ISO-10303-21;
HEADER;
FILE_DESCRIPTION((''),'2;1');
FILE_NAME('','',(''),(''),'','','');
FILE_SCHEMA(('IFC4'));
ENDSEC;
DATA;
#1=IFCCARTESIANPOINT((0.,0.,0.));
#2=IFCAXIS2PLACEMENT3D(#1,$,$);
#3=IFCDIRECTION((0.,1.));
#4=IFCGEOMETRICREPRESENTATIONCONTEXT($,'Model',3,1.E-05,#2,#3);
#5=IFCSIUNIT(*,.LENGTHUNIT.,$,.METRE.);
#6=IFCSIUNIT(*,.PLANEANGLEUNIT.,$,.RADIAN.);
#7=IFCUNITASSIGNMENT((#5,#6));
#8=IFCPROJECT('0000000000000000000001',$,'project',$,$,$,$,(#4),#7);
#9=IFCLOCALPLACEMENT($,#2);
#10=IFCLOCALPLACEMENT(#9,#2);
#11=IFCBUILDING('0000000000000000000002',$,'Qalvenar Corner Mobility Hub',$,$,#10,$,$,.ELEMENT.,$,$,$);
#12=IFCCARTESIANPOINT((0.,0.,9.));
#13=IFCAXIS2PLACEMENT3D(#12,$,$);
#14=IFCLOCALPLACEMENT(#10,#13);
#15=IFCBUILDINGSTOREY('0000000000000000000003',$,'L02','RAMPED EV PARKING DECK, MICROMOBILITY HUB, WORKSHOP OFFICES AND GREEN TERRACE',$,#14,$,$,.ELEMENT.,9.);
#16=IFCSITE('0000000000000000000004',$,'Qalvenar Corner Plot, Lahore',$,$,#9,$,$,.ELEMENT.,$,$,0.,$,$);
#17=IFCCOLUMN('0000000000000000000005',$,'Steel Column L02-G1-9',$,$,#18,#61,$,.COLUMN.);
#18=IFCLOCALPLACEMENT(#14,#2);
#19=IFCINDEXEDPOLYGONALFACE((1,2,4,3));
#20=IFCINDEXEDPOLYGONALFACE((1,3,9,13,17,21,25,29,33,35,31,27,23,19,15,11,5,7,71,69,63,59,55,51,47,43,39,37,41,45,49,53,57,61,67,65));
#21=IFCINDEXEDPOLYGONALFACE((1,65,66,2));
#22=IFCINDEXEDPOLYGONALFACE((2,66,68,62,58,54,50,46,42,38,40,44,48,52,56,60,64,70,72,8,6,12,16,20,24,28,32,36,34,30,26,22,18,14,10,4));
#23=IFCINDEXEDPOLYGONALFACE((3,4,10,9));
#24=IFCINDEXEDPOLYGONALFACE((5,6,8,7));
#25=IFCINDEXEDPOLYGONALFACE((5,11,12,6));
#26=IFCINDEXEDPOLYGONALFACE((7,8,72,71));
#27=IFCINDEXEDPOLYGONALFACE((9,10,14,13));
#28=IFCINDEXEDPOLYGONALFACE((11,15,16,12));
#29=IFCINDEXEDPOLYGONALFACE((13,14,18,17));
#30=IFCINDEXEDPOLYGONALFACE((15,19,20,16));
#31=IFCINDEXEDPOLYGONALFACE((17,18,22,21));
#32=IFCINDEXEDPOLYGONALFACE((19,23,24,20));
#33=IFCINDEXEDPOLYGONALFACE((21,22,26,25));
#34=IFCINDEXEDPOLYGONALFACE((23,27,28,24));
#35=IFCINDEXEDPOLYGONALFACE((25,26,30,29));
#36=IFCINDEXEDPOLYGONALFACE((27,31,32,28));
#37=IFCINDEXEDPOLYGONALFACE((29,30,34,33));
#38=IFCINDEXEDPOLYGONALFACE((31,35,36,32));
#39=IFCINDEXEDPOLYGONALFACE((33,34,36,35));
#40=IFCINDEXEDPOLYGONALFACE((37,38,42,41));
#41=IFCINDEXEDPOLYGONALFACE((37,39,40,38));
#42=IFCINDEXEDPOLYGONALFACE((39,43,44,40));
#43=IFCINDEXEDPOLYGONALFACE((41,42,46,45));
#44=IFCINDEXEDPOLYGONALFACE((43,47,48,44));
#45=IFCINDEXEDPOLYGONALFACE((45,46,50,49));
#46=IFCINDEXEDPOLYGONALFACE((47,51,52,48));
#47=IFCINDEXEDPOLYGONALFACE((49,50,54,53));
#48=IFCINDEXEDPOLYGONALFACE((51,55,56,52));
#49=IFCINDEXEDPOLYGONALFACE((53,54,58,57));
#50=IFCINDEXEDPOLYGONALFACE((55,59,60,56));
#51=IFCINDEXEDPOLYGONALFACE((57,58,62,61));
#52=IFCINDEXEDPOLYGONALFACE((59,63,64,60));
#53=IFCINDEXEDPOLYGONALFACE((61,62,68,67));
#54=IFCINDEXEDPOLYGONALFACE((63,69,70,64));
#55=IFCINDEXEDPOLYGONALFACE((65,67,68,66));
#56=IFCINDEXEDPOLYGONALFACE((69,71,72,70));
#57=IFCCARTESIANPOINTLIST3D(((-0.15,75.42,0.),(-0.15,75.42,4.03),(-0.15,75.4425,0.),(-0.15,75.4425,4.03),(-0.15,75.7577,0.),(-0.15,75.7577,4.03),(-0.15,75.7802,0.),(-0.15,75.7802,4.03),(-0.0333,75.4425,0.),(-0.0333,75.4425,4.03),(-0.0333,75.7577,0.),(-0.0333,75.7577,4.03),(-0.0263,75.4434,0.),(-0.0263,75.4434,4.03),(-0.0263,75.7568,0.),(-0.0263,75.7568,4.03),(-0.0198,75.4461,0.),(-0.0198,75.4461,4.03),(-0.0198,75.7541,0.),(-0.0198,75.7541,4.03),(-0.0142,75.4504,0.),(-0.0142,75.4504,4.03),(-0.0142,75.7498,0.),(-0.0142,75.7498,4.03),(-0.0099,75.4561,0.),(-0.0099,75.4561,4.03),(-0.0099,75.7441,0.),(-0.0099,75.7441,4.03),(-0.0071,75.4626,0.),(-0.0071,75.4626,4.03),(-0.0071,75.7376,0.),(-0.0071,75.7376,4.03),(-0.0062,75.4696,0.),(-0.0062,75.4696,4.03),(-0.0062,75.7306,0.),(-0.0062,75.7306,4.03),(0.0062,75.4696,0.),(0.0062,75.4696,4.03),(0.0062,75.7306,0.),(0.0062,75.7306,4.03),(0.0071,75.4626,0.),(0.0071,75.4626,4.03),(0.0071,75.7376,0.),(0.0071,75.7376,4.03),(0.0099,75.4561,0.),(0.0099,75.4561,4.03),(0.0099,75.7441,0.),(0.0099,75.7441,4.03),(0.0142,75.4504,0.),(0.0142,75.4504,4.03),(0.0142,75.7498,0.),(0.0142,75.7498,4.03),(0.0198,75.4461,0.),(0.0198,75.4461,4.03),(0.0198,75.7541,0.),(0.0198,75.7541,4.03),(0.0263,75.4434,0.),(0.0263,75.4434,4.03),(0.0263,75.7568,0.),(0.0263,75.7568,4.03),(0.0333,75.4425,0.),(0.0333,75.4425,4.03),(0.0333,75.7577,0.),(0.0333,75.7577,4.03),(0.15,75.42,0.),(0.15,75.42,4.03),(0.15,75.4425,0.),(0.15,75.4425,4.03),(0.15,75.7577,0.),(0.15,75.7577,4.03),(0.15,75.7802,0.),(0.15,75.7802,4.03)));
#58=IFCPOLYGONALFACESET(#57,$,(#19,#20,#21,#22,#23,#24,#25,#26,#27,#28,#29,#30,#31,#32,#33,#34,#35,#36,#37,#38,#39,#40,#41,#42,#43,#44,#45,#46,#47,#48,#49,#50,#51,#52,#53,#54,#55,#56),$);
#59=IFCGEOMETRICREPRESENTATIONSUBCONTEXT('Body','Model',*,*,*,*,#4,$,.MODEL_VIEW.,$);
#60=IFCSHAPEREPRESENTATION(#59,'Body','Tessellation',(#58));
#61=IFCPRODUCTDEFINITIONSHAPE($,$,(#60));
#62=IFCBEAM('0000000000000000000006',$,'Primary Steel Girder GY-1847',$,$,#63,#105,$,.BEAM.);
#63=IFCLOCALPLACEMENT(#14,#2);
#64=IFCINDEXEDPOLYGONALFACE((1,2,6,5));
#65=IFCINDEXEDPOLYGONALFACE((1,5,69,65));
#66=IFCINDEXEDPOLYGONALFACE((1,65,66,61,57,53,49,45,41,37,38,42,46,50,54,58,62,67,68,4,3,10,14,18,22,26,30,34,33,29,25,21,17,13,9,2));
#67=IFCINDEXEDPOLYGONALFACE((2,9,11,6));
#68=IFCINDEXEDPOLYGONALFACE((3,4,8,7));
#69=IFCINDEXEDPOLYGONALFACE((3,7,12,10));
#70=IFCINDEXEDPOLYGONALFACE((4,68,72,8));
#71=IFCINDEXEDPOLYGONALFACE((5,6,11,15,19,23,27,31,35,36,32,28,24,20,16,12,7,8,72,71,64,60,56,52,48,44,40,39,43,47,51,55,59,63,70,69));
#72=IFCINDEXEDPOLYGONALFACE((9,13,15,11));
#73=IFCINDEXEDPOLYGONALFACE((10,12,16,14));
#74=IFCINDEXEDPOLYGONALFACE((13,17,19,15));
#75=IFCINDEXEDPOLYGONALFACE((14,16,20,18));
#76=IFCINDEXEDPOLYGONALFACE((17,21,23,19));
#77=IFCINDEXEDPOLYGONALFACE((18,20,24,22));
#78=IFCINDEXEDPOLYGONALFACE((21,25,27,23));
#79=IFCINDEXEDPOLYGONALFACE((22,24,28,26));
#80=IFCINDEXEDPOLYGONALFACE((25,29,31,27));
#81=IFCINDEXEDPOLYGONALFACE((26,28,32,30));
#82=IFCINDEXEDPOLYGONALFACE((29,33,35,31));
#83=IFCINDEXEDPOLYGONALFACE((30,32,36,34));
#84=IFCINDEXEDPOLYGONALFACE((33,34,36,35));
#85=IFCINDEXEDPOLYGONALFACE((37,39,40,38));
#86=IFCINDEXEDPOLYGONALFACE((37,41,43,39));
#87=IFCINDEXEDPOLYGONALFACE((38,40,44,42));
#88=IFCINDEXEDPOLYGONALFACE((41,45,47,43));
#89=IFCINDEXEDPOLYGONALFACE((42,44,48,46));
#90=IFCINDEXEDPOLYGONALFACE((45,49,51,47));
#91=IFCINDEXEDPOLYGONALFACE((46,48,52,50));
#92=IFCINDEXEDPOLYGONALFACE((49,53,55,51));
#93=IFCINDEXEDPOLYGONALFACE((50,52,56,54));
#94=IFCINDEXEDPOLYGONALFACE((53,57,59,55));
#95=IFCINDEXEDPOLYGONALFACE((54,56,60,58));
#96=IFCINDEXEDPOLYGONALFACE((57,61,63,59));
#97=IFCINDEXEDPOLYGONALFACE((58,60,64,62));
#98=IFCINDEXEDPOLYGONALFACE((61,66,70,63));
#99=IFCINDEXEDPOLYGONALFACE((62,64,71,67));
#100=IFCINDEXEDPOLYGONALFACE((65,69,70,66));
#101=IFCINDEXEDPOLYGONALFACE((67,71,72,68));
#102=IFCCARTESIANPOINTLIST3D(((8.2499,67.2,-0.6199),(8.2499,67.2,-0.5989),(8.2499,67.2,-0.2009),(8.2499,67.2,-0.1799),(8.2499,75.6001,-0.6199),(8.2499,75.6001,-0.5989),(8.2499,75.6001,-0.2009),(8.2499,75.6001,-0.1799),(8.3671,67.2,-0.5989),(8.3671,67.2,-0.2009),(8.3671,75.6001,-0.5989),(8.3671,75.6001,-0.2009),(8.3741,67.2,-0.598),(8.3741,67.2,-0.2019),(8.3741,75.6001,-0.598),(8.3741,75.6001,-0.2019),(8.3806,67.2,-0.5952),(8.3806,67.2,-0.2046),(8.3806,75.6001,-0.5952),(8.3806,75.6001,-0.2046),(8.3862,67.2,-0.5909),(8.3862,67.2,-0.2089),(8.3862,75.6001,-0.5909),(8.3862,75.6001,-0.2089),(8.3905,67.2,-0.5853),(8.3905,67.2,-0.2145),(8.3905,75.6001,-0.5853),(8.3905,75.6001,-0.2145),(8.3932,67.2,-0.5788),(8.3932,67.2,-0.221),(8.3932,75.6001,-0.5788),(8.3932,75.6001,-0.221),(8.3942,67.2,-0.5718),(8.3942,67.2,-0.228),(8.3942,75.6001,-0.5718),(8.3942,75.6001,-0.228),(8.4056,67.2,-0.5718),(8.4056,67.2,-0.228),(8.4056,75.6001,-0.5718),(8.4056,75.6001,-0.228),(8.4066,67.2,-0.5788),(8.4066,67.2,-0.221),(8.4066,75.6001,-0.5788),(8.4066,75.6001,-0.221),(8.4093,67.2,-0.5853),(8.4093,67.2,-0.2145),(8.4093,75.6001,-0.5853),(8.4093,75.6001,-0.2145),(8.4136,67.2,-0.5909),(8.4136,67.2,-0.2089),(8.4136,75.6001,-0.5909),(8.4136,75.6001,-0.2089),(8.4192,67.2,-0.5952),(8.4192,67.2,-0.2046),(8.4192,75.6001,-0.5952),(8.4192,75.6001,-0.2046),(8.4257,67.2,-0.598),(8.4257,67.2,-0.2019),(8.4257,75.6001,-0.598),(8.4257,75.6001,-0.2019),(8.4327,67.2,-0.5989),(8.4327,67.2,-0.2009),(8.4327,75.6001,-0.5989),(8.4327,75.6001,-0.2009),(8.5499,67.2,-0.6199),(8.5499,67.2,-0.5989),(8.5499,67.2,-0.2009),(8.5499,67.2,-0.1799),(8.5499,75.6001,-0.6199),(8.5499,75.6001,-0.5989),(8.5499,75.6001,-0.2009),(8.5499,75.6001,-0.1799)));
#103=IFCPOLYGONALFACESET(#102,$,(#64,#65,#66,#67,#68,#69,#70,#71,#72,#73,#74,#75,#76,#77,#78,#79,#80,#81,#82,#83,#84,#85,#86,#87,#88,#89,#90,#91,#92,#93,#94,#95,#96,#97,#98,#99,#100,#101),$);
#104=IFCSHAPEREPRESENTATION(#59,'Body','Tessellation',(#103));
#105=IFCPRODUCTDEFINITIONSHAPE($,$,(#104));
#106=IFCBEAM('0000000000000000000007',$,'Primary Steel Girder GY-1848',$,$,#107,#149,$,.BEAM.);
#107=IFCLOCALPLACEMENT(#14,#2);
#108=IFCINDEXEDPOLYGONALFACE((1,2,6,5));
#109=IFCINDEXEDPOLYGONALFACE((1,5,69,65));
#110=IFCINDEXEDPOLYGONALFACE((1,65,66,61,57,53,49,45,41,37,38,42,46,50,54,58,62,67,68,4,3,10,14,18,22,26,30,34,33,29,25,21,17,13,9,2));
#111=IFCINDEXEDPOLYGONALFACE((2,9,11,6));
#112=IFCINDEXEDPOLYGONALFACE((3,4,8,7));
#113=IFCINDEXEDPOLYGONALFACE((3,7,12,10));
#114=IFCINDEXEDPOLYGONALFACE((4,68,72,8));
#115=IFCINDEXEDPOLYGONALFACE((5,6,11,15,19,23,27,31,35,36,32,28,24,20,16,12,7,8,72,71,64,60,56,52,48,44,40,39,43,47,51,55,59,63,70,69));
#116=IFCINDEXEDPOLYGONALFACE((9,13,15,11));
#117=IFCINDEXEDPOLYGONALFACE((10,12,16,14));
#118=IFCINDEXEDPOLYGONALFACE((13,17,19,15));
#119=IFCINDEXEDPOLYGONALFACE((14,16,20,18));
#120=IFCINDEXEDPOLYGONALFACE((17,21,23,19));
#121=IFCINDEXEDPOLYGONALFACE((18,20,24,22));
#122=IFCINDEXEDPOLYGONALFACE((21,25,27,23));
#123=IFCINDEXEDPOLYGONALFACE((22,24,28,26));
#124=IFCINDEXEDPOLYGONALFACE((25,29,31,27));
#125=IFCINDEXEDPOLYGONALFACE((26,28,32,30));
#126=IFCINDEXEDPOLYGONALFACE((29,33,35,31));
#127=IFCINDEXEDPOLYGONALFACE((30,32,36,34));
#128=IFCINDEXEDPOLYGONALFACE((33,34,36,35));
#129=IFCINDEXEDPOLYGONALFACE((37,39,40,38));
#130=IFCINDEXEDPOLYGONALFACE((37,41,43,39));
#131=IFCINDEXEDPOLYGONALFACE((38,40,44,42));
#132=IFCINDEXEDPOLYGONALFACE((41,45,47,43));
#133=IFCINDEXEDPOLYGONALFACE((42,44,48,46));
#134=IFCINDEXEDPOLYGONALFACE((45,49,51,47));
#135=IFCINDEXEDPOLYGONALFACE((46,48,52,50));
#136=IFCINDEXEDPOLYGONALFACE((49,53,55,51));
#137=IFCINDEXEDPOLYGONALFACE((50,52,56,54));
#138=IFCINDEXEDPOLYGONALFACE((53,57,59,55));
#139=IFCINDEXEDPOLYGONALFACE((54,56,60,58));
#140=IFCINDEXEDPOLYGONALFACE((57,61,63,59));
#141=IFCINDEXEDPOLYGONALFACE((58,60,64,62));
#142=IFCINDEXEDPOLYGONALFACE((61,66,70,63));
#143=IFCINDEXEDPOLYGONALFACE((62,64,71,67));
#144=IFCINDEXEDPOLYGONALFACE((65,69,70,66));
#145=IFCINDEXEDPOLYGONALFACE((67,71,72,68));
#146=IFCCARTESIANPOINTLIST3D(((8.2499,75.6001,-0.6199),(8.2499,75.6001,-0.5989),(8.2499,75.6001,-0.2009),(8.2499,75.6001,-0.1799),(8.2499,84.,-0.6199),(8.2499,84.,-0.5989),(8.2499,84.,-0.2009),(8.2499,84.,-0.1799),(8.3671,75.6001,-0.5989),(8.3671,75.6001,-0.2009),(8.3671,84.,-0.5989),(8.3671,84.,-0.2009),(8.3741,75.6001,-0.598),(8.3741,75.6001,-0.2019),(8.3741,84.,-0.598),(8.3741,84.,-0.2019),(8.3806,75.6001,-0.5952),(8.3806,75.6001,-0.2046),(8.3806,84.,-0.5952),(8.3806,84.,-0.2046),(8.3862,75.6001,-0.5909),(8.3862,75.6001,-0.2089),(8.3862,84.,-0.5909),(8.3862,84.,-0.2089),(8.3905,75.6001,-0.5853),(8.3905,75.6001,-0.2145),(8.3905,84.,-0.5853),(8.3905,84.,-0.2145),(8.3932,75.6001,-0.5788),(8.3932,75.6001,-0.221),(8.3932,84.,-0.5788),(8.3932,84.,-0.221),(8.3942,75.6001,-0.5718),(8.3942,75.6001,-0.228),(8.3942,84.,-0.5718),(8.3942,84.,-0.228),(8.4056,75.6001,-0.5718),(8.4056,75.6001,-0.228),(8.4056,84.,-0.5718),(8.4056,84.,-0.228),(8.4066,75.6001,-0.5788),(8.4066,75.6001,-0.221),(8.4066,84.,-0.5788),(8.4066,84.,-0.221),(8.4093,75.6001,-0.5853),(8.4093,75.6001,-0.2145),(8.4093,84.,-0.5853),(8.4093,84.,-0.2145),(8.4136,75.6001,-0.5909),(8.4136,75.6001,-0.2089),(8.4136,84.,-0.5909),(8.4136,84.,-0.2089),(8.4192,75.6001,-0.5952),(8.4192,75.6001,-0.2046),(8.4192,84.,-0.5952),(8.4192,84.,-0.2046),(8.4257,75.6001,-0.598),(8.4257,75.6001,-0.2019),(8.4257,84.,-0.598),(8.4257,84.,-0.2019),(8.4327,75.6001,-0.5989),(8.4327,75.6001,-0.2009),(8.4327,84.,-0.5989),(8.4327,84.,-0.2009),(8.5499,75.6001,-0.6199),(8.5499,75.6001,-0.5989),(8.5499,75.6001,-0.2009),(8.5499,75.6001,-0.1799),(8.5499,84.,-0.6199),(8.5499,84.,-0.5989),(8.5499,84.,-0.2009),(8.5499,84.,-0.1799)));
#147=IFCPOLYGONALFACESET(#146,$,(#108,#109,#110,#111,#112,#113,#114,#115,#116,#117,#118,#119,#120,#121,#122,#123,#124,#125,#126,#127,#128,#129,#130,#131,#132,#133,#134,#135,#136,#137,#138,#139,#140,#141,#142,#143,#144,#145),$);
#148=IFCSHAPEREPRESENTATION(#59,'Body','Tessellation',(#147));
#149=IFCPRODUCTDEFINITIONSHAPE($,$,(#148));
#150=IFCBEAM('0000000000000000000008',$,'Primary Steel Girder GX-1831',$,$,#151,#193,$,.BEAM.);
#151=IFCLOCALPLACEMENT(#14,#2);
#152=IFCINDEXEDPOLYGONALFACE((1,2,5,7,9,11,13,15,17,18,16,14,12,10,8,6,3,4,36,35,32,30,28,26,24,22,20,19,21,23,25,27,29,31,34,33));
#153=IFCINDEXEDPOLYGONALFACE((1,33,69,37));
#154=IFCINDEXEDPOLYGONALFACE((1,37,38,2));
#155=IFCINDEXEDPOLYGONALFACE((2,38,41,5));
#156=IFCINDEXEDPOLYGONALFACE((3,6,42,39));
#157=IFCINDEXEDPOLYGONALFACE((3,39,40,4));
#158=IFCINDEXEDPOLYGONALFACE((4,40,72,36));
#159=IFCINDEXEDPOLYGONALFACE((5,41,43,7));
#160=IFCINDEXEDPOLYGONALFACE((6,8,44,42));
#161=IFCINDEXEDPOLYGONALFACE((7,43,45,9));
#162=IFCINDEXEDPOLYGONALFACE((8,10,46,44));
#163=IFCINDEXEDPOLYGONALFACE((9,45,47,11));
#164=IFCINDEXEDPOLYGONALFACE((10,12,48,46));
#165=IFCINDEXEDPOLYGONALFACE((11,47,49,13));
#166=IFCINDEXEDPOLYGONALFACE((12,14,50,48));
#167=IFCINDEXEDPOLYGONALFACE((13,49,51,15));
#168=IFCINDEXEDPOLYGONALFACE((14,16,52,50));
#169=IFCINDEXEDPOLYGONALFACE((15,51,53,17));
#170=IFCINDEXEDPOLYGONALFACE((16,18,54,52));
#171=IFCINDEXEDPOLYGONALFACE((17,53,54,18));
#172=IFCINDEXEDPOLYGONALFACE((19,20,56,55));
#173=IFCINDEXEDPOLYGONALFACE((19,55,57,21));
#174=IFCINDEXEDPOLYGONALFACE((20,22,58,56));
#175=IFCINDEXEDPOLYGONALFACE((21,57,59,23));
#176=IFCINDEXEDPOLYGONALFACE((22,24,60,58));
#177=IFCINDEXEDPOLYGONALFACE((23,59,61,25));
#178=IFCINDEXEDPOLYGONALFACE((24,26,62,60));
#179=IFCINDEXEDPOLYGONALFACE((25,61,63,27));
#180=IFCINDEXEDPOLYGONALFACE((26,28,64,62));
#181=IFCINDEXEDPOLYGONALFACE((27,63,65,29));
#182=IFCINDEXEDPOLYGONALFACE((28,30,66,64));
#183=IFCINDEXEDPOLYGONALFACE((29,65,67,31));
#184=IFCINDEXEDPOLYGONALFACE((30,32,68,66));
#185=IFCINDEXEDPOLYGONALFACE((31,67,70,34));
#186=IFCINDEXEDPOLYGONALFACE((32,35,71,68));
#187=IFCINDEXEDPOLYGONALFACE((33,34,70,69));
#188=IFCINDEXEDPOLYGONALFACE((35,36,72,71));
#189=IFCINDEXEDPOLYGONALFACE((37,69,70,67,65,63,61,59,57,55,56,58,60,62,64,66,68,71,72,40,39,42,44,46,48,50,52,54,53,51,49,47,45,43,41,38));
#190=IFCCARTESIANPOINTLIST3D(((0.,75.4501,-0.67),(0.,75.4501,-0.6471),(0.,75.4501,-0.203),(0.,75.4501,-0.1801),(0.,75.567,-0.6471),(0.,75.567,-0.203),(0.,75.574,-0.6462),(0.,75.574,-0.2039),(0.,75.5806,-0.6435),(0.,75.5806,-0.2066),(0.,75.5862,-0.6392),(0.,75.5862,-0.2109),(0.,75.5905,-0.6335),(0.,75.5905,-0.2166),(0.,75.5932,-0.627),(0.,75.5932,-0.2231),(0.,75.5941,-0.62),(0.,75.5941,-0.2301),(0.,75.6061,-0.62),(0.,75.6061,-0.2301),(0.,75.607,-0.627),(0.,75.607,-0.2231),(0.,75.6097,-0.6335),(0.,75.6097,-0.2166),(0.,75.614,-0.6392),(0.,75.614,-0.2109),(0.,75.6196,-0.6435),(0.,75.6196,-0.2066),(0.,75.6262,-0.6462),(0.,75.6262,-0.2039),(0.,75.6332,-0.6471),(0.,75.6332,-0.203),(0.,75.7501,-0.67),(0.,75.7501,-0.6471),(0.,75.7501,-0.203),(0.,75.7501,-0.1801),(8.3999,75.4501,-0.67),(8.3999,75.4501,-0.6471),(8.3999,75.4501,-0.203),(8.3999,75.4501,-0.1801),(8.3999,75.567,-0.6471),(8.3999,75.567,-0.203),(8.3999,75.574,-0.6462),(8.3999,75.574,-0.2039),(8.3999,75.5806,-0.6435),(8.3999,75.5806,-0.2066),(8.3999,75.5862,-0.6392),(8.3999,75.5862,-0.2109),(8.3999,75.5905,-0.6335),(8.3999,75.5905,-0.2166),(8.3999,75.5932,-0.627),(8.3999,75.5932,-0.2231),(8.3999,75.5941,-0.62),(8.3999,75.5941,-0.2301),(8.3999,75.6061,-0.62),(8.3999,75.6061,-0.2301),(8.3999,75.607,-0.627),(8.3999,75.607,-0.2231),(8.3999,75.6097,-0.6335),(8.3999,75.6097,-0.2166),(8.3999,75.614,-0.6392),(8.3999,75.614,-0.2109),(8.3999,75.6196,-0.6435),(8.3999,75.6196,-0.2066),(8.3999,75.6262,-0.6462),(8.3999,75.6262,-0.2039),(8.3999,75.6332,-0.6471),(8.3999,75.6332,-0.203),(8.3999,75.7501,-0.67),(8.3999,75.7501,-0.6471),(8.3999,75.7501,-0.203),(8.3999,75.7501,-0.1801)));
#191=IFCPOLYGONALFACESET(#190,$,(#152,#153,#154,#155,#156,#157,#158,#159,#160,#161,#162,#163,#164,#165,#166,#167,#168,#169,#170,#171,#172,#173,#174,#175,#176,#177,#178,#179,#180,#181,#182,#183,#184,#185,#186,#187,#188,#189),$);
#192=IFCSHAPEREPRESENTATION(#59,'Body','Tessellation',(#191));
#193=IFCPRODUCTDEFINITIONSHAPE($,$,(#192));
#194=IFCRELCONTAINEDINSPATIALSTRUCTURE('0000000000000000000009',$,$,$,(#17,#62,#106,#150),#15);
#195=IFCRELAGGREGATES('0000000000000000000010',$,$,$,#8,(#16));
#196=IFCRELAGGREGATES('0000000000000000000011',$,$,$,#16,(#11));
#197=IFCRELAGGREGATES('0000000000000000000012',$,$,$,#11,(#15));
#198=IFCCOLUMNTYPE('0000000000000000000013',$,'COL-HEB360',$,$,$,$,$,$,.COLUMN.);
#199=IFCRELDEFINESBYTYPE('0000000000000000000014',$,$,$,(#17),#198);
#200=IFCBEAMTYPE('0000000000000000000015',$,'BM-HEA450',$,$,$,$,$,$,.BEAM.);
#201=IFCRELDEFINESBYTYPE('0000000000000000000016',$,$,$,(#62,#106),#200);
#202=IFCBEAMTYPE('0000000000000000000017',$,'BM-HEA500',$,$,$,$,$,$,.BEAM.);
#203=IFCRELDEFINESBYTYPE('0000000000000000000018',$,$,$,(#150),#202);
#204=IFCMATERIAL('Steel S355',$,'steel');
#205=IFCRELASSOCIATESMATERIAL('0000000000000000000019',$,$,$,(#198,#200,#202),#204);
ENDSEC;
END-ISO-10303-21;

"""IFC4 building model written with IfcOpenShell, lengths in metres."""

from ifc_helpers import new_model, si_unit, direction, frame, origin, origin_2d, place, context, subcontext, project, spatial, i_section, extrude, material, material_profile, profile_set, type_object, element, save


model = new_model("IFC4")

# Units and contexts
model_context = context("Model", 3, precision=1e-05, world=origin(), true_north=direction((0.0, 1.0)))
body_context = subcontext(model_context, "Body", "Model", "MODEL_VIEW")
ifc_project = project(units=[si_unit("LENGTHUNIT", "METRE"), si_unit("PLANEANGLEUNIT", "RADIAN")], contexts=[model_context])

# Site, building, storey
site_placement = place(None, origin())
site = spatial("IfcSite", under=ifc_project, at=site_placement, Name="Qalvenar Corner Plot, Lahore", CompositionType="ELEMENT", RefElevation=0.0)
building_placement = place(site_placement, origin())
building = spatial("IfcBuilding", under=site, at=building_placement, Name="Qalvenar Corner Mobility Hub", CompositionType="ELEMENT")
storey_placement = place(building_placement, frame((0.0, 0.0, 9.0)))
storey = spatial("IfcBuildingStorey", under=building, at=storey_placement, Name="L02", Description="RAMPED EV PARKING DECK, MICROMOBILITY HUB, WORKSHOP OFFICES AND GREEN TERRACE", CompositionType="ELEMENT", Elevation=9.0)

# Column
ifc_material_1 = material(Name="Steel S355", Category="steel")
ifc_material_profile_1 = material_profile(ifc_material_1, i_section(OverallWidth=0.3, OverallDepth=0.3601, WebThickness=0.0125, FlangeThickness=0.0225, FilletRadius=0.0271, at=origin_2d()), Name="HEB360")
ifc_profile_set_1 = profile_set([ifc_material_profile_1], Name="Steel S355")
column_type_1 = type_object("IfcColumnType", Name="COL-HEB360", PredefinedType="COLUMN", material=ifc_profile_set_1)
column_1_placement = place(storey_placement, frame((0.0, 75.6001, 0.0), z_axis=(0.0, 0.0, 1.0), x_axis=(1.0, 0.0, 0.0)))
element("IfcColumn", 1, at=column_1_placement, inside=storey, type_object=column_type_1, Name="Steel Column L02-G1-9", PredefinedType="COLUMN", context=body_context, shape_type="SweptSolid", body=[
    extrude(i_section(OverallWidth=0.3, OverallDepth=0.3601, WebThickness=0.0125, FlangeThickness=0.0225, FilletRadius=0.0271, at=origin_2d()), origin(), (0.0, 0.0, 1.0), 4.03),
])

# Beams
ifc_material_profile_2 = material_profile(ifc_material_1, i_section(OverallWidth=0.3, OverallDepth=0.4399, WebThickness=0.0115, FlangeThickness=0.021, FilletRadius=0.0271, at=origin_2d()), Name="HEA450")
ifc_profile_set_2 = profile_set([ifc_material_profile_2], Name="Steel S355")
beam_type_1 = type_object("IfcBeamType", Name="BM-HEA450", PredefinedType="BEAM", material=ifc_profile_set_2)
beam_1_placement = place(storey_placement, frame((8.3999, 67.2, -0.3999), z_axis=(0.0, 1.0, 0.0), x_axis=(-1.0, 0.0, 0.0)))
element("IfcBeam", 2, at=beam_1_placement, inside=storey, type_object=beam_type_1, Name="Primary Steel Girder GY-1847", PredefinedType="BEAM", context=body_context, shape_type="SweptSolid", body=[
    extrude(i_section(OverallWidth=0.3, OverallDepth=0.4399, WebThickness=0.0115, FlangeThickness=0.021, FilletRadius=0.0271, at=origin_2d()), origin(), (0.0, 0.0, 1.0), 8.4001),
])
beam_2_placement = place(storey_placement, frame((8.3999, 75.6001, -0.3999), z_axis=(0.0, 1.0, 0.0), x_axis=(-1.0, 0.0, 0.0)))
element("IfcBeam", 3, at=beam_2_placement, inside=storey, type_object=beam_type_1, Name="Primary Steel Girder GY-1848", PredefinedType="BEAM", context=body_context, shape_type="SweptSolid", body=[
    extrude(i_section(OverallWidth=0.3, OverallDepth=0.4399, WebThickness=0.0115, FlangeThickness=0.021, FilletRadius=0.0271, at=origin_2d()), origin(), (0.0, 0.0, 1.0), 8.3999),
])
ifc_material_profile_3 = material_profile(ifc_material_1, i_section(OverallWidth=0.3, OverallDepth=0.49, WebThickness=0.012, FlangeThickness=0.0229, FilletRadius=0.0271, at=origin_2d()), Name="HEA500")
ifc_profile_set_3 = profile_set([ifc_material_profile_3], Name="Steel S355")
beam_type_2 = type_object("IfcBeamType", Name="BM-HEA500", PredefinedType="BEAM", material=ifc_profile_set_3)
beam_3_placement = place(storey_placement, frame((0.0, 75.6001, -0.425), z_axis=(1.0, 0.0, 0.0), x_axis=(0.0, 1.0, 0.0)))
element("IfcBeam", 4, at=beam_3_placement, inside=storey, type_object=beam_type_2, Name="Primary Steel Girder GX-1831", PredefinedType="BEAM", context=body_context, shape_type="SweptSolid", body=[
    extrude(i_section(OverallWidth=0.3, OverallDepth=0.49, WebThickness=0.012, FlangeThickness=0.0229, FilletRadius=0.0271, at=origin_2d()), origin(), (0.0, 0.0, 1.0), 8.3999),
])

save(model, "model.ifc")
